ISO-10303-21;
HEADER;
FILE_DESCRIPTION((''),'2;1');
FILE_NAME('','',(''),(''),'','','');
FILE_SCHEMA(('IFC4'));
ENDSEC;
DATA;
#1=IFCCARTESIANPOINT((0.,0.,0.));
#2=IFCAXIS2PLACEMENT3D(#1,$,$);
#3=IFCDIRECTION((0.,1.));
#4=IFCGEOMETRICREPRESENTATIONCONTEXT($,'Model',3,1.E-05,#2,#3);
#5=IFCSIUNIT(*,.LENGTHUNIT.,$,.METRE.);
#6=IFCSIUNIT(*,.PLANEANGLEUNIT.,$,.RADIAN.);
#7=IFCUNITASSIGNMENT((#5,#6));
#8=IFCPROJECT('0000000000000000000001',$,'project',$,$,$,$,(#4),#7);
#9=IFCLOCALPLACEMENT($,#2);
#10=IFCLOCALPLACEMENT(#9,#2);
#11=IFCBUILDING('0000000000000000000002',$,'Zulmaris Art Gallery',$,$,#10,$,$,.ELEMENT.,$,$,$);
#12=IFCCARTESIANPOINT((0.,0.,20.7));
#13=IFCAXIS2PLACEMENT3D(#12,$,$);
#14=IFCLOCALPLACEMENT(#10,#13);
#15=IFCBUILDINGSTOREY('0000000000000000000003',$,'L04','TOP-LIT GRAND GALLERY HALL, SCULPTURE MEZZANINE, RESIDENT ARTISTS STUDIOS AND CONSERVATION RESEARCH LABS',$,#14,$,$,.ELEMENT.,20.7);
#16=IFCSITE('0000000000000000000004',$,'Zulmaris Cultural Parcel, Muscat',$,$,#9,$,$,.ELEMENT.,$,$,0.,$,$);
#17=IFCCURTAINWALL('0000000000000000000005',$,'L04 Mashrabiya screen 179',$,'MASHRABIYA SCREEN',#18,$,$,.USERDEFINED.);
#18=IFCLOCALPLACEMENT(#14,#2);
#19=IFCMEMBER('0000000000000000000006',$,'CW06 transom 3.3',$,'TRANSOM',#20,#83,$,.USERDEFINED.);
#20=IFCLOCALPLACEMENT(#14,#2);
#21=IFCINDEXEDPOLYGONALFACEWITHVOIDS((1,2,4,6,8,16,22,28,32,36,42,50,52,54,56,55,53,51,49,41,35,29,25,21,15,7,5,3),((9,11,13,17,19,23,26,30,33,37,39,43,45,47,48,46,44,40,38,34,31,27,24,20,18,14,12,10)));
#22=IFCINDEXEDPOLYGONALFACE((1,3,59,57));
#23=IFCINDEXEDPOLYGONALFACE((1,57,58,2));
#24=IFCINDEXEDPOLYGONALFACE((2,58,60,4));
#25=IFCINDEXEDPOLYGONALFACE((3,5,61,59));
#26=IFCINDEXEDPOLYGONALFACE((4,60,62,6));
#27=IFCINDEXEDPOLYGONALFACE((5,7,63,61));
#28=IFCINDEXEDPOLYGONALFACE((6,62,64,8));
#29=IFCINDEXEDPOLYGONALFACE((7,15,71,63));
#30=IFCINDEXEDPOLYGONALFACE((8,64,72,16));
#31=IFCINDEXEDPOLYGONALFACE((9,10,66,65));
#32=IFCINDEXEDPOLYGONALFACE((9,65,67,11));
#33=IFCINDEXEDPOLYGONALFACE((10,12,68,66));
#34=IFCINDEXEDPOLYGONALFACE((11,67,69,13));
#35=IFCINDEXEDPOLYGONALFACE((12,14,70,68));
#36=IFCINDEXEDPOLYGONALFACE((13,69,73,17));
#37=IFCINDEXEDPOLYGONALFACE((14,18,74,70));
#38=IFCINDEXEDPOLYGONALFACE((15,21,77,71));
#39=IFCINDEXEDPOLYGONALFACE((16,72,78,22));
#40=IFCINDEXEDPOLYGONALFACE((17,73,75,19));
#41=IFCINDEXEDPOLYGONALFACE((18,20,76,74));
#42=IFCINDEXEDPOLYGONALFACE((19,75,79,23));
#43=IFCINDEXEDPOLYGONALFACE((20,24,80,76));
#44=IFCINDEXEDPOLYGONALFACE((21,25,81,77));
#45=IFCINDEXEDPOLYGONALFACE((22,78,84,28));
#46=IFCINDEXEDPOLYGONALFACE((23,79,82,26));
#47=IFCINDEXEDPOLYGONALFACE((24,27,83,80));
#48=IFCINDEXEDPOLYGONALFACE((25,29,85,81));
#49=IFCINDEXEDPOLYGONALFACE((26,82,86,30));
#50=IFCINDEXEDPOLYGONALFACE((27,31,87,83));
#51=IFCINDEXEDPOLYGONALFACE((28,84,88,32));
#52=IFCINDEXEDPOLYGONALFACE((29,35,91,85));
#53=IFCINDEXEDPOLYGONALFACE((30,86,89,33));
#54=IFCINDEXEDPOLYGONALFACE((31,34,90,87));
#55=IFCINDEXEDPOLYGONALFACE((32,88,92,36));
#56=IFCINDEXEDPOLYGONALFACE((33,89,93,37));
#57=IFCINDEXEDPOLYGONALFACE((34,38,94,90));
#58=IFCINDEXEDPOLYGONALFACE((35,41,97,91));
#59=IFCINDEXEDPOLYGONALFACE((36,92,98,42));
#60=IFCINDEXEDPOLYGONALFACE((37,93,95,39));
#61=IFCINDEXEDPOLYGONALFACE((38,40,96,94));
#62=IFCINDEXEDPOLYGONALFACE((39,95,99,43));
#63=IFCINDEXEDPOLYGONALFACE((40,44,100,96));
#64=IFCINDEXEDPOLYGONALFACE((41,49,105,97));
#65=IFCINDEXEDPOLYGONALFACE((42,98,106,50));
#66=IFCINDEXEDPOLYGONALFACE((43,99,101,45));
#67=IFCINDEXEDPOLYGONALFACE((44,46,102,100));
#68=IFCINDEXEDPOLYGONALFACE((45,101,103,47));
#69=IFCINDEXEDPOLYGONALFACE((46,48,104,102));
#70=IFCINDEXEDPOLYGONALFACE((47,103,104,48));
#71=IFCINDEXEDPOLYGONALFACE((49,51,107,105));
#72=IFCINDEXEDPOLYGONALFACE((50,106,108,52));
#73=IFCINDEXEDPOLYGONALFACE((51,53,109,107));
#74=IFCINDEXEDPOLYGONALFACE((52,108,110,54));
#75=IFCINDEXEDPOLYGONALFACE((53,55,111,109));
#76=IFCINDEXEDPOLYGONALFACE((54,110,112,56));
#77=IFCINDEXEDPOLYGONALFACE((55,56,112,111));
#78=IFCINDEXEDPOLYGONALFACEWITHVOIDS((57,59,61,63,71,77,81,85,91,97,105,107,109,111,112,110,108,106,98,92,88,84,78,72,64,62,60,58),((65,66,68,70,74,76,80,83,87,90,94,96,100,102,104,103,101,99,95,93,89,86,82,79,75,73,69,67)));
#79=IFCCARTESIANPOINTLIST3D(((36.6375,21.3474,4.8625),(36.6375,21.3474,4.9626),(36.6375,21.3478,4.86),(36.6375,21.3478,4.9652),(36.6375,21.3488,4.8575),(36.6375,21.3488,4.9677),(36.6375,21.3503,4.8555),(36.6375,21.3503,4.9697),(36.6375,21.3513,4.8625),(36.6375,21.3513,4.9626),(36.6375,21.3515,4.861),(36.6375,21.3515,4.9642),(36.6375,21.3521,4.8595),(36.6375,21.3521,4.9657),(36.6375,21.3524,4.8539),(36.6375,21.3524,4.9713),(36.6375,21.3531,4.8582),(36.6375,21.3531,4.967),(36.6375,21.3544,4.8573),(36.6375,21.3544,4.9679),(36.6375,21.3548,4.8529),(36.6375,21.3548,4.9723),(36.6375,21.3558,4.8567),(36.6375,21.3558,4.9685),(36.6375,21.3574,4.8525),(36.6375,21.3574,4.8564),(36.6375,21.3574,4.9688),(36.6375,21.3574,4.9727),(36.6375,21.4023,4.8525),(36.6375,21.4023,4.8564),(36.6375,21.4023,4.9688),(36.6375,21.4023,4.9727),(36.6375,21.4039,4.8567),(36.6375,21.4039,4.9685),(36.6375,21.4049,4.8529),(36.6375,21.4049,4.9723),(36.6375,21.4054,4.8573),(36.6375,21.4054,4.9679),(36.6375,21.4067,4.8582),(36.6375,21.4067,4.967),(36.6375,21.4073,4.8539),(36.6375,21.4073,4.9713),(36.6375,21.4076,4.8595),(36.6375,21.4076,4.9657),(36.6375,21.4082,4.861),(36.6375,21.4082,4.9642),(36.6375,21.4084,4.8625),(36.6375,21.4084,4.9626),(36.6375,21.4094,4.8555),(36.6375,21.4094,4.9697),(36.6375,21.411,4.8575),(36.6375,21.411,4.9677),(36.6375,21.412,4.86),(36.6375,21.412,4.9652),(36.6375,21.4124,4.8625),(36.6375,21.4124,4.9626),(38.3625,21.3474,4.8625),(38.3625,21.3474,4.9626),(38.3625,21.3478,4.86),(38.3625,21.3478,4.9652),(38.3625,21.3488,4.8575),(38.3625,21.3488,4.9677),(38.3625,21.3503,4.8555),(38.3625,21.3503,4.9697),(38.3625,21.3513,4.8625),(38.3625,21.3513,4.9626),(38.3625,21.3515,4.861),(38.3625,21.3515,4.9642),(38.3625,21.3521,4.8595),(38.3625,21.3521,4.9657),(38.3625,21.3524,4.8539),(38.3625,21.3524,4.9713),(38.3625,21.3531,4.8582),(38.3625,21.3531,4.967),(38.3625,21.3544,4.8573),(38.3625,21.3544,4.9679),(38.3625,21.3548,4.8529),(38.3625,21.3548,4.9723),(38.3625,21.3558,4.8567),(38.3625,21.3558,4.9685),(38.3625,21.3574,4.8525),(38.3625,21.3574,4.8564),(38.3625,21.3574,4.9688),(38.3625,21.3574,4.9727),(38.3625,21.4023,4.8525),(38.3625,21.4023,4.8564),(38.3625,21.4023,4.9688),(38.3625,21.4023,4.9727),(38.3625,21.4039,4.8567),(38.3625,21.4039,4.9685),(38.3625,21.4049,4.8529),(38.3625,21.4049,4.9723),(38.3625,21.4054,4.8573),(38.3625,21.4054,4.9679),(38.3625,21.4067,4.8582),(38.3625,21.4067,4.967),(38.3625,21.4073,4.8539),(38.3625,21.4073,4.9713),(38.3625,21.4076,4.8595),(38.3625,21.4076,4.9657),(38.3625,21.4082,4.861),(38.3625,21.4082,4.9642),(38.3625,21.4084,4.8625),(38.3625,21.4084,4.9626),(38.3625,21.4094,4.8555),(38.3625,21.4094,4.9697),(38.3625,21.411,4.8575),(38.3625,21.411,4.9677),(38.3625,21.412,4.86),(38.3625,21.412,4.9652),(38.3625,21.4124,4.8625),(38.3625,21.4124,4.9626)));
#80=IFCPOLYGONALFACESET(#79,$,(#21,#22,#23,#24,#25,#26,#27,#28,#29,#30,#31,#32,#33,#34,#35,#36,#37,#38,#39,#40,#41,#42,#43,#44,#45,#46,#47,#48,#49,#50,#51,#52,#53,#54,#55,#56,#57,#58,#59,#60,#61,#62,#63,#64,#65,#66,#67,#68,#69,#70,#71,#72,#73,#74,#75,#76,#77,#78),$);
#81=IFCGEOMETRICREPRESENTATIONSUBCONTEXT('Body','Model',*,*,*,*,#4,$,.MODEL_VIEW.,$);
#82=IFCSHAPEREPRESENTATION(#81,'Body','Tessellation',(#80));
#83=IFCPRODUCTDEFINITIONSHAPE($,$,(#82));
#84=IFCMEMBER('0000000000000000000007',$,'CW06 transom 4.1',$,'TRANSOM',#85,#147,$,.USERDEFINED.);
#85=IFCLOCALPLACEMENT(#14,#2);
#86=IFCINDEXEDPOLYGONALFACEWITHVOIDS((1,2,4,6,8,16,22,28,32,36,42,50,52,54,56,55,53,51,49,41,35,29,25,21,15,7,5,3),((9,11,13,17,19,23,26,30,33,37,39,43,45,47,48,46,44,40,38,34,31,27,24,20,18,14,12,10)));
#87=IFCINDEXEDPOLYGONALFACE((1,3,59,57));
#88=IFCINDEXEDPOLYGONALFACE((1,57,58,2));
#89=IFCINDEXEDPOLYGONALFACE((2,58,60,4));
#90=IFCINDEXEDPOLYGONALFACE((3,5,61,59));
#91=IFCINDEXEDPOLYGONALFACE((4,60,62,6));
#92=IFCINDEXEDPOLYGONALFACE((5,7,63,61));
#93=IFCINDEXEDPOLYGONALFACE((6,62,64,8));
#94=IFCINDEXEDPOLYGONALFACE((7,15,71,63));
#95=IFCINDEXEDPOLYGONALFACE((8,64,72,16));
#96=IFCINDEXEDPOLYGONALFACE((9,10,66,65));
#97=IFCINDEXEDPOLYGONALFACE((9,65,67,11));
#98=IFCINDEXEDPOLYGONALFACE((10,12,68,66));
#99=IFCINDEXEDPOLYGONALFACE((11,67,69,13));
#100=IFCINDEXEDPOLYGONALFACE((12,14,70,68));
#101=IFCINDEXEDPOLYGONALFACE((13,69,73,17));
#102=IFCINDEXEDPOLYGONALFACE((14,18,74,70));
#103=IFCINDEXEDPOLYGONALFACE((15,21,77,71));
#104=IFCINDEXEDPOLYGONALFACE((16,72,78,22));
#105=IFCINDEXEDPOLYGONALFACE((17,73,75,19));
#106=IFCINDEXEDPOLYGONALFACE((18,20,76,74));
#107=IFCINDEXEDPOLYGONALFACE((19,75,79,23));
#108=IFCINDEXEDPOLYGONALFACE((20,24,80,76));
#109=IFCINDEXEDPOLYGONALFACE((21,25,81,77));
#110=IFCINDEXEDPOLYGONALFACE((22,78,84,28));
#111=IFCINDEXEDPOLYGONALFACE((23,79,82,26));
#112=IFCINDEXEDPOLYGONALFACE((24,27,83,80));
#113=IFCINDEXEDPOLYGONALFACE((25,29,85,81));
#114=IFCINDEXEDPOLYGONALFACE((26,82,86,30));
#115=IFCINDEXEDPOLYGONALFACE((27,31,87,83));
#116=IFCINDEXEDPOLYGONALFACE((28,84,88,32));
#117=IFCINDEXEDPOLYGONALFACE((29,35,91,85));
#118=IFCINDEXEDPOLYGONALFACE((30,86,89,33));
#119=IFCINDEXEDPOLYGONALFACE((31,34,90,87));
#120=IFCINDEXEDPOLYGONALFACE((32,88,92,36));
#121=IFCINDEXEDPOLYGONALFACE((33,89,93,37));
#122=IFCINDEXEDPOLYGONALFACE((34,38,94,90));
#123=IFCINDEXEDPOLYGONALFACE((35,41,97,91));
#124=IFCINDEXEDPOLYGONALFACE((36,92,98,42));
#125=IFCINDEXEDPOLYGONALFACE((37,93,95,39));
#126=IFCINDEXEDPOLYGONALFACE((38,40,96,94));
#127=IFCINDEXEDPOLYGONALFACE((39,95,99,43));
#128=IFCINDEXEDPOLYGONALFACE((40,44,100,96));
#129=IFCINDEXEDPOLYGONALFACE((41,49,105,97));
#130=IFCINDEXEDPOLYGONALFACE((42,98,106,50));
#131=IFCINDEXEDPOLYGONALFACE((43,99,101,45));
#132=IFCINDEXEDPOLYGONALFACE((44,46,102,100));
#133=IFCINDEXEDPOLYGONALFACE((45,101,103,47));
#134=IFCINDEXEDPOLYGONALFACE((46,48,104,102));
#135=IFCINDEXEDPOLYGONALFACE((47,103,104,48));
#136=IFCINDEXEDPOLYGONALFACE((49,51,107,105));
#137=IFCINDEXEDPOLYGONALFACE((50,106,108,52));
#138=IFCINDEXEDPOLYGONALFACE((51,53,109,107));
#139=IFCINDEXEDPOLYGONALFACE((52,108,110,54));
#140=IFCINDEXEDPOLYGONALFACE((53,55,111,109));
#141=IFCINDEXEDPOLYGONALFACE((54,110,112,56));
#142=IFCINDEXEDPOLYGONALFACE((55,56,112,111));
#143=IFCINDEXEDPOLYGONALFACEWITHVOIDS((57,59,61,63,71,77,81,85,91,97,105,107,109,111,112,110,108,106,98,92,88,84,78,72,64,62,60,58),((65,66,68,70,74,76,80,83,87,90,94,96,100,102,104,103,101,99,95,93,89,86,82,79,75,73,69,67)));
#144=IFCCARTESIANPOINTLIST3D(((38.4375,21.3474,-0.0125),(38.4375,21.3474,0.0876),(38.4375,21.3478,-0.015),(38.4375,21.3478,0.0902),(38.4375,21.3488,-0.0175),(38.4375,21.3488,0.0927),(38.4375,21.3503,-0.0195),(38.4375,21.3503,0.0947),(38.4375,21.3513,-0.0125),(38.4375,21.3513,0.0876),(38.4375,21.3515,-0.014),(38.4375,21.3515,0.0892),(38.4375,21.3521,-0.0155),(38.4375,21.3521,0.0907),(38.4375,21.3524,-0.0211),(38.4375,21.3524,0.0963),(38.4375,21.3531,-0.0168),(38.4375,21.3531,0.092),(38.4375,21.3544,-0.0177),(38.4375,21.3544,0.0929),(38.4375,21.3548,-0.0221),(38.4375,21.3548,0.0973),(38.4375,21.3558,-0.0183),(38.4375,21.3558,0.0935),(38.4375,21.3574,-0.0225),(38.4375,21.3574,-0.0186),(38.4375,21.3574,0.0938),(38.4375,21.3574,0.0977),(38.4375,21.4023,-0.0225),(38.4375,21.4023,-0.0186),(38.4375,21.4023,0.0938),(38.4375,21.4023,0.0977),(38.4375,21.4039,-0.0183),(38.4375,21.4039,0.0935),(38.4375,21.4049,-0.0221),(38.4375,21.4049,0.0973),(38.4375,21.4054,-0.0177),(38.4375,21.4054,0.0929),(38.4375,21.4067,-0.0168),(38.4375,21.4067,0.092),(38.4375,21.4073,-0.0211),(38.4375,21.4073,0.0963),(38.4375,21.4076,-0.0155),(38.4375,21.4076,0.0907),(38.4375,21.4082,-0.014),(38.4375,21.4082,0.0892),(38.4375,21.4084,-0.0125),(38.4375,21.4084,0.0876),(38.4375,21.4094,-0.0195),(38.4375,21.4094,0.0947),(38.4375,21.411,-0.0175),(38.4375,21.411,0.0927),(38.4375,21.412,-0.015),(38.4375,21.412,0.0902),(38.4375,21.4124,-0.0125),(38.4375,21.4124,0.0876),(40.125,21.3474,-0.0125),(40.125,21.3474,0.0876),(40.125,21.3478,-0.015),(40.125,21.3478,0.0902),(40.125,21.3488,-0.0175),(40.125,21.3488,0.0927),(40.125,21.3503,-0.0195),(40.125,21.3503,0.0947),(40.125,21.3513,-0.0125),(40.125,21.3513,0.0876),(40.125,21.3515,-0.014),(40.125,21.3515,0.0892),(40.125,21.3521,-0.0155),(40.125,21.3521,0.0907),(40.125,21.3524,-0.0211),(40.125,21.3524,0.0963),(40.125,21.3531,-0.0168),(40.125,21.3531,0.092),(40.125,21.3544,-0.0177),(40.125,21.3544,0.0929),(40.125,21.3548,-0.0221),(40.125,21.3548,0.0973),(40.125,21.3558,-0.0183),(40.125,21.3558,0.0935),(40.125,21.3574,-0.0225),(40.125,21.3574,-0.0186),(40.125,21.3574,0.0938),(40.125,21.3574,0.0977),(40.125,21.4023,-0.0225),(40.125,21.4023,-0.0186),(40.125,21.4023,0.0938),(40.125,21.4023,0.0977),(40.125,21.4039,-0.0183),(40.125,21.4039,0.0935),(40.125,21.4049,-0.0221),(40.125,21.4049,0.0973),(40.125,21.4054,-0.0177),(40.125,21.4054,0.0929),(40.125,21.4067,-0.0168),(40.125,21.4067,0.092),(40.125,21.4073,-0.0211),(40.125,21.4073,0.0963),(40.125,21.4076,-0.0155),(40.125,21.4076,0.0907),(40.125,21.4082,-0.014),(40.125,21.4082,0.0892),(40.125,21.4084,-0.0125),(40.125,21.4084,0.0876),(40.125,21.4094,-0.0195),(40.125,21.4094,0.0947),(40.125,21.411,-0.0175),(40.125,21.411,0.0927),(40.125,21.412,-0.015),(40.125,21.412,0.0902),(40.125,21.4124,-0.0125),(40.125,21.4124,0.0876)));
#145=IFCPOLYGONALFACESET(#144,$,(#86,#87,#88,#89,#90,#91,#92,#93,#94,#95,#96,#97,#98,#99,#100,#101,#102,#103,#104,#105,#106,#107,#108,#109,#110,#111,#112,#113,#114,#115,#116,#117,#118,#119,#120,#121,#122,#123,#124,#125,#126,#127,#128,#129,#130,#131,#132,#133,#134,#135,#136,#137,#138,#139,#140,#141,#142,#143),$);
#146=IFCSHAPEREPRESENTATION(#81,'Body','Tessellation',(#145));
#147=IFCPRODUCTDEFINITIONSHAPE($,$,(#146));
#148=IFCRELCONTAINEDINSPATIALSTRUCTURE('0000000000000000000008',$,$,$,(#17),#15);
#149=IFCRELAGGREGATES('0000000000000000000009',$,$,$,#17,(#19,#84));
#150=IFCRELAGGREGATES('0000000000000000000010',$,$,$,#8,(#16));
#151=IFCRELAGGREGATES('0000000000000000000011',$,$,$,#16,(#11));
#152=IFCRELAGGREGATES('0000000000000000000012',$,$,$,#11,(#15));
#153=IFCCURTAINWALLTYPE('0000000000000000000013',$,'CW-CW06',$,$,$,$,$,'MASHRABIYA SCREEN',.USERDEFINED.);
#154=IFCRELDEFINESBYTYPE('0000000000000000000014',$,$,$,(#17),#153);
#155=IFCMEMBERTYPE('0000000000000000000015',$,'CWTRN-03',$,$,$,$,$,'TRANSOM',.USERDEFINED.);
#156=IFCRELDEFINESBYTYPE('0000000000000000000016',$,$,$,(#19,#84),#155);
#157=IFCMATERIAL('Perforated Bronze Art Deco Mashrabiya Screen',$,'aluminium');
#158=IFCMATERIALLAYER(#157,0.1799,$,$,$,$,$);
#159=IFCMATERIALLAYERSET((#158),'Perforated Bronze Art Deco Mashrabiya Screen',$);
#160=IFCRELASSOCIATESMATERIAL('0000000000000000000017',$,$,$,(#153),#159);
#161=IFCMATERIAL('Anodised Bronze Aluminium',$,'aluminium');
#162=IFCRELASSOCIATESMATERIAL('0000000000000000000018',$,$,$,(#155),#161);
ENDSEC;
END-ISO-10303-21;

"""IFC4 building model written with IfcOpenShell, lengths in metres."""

from ifc_helpers import new_model, si_unit, direction, frame, origin, origin_2d, place, context, subcontext, project, spatial, hollow_rectangle, extrude, material, layer, layer_set, material_profile, profile_set, type_object, element, aggregate, save


model = new_model("IFC4")

# Units and contexts
model_context = context("Model", 3, precision=1e-05, world=origin(), true_north=direction((0.0, 1.0)))
body_context = subcontext(model_context, "Body", "Model", "MODEL_VIEW")
ifc_project = project(units=[si_unit("LENGTHUNIT", "METRE"), si_unit("PLANEANGLEUNIT", "RADIAN")], contexts=[model_context])

# Site, building, storey
site_placement = place(None, origin())
site = spatial("IfcSite", under=ifc_project, at=site_placement, Name="Zulmaris Cultural Parcel, Muscat", CompositionType="ELEMENT", RefElevation=0.0)
building_placement = place(site_placement, origin())
building = spatial("IfcBuilding", under=site, at=building_placement, Name="Zulmaris Art Gallery", CompositionType="ELEMENT")
storey_placement = place(building_placement, frame((0.0, 0.0, 20.7)))
storey = spatial("IfcBuildingStorey", under=building, at=storey_placement, Name="L04", Description="TOP-LIT GRAND GALLERY HALL, SCULPTURE MEZZANINE, RESIDENT ARTISTS STUDIOS AND CONSERVATION RESEARCH LABS", CompositionType="ELEMENT", Elevation=20.7)

# Shared definitions
ifc_material_1 = material(Name="Anodised Bronze Aluminium", Category="aluminium")

# Curtain wall
ifc_material_2 = material(Name="Perforated Bronze Art Deco Mashrabiya Screen", Category="aluminium")
ifc_layer_1 = layer(ifc_material_2, 0.1799)
ifc_layer_set_1 = layer_set([ifc_layer_1], Name="Perforated Bronze Art Deco Mashrabiya Screen")
curtain_wall_type_1 = type_object("IfcCurtainWallType", Name="CW-CW06", ElementType="MASHRABIYA SCREEN", PredefinedType="USERDEFINED", material=ifc_layer_set_1)
curtain_wall_1_placement = place(storey_placement, origin())
curtain_wall_1 = element("IfcCurtainWall", 1, at=curtain_wall_1_placement, inside=storey, type_object=curtain_wall_type_1, Name="L04 Mashrabiya screen 179", ObjectType="MASHRABIYA SCREEN", PredefinedType="USERDEFINED")

# Members
ifc_material_profile_1 = material_profile(ifc_material_1, hollow_rectangle(XDim=0.0649, YDim=0.1201, WallThickness=0.0039, InnerFilletRadius=0.0061, OuterFilletRadius=0.01, at=origin_2d()), Name="ALU 65x120x4")
ifc_profile_set_1 = profile_set([ifc_material_profile_1], Name="Anodised Bronze Aluminium")
member_type_1 = type_object("IfcMemberType", Name="CWTRN-03", ElementType="TRANSOM", PredefinedType="USERDEFINED", material=ifc_profile_set_1)
member_1_placement = place(storey_placement, frame((36.6375, 21.3799, 4.9126), z_axis=(1.0, 0.0, 0.0), x_axis=(0.0, 1.0, 0.0)))
member_1 = element("IfcMember", 2, at=member_1_placement, type_object=member_type_1, Name="CW06 transom 3.3", ObjectType="TRANSOM", PredefinedType="USERDEFINED", context=body_context, shape_type="SweptSolid", body=[
    extrude(hollow_rectangle(XDim=0.0649, YDim=0.1201, WallThickness=0.0039, InnerFilletRadius=0.0061, OuterFilletRadius=0.01, at=origin_2d()), origin(), (0.0, 0.0, 1.0), 1.7251),
])
member_2_placement = place(storey_placement, frame((38.4375, 21.3799, 0.0376), z_axis=(1.0, 0.0, 0.0), x_axis=(0.0, 1.0, 0.0)))
member_2 = element("IfcMember", 3, at=member_2_placement, type_object=member_type_1, Name="CW06 transom 4.1", ObjectType="TRANSOM", PredefinedType="USERDEFINED", context=body_context, shape_type="SweptSolid", body=[
    extrude(hollow_rectangle(XDim=0.0649, YDim=0.1201, WallThickness=0.0039, InnerFilletRadius=0.0061, OuterFilletRadius=0.01, at=origin_2d()), origin(), (0.0, 0.0, 1.0), 1.6875),
])

aggregate(curtain_wall_1, [member_1, member_2])

save(model, "model.ifc")
